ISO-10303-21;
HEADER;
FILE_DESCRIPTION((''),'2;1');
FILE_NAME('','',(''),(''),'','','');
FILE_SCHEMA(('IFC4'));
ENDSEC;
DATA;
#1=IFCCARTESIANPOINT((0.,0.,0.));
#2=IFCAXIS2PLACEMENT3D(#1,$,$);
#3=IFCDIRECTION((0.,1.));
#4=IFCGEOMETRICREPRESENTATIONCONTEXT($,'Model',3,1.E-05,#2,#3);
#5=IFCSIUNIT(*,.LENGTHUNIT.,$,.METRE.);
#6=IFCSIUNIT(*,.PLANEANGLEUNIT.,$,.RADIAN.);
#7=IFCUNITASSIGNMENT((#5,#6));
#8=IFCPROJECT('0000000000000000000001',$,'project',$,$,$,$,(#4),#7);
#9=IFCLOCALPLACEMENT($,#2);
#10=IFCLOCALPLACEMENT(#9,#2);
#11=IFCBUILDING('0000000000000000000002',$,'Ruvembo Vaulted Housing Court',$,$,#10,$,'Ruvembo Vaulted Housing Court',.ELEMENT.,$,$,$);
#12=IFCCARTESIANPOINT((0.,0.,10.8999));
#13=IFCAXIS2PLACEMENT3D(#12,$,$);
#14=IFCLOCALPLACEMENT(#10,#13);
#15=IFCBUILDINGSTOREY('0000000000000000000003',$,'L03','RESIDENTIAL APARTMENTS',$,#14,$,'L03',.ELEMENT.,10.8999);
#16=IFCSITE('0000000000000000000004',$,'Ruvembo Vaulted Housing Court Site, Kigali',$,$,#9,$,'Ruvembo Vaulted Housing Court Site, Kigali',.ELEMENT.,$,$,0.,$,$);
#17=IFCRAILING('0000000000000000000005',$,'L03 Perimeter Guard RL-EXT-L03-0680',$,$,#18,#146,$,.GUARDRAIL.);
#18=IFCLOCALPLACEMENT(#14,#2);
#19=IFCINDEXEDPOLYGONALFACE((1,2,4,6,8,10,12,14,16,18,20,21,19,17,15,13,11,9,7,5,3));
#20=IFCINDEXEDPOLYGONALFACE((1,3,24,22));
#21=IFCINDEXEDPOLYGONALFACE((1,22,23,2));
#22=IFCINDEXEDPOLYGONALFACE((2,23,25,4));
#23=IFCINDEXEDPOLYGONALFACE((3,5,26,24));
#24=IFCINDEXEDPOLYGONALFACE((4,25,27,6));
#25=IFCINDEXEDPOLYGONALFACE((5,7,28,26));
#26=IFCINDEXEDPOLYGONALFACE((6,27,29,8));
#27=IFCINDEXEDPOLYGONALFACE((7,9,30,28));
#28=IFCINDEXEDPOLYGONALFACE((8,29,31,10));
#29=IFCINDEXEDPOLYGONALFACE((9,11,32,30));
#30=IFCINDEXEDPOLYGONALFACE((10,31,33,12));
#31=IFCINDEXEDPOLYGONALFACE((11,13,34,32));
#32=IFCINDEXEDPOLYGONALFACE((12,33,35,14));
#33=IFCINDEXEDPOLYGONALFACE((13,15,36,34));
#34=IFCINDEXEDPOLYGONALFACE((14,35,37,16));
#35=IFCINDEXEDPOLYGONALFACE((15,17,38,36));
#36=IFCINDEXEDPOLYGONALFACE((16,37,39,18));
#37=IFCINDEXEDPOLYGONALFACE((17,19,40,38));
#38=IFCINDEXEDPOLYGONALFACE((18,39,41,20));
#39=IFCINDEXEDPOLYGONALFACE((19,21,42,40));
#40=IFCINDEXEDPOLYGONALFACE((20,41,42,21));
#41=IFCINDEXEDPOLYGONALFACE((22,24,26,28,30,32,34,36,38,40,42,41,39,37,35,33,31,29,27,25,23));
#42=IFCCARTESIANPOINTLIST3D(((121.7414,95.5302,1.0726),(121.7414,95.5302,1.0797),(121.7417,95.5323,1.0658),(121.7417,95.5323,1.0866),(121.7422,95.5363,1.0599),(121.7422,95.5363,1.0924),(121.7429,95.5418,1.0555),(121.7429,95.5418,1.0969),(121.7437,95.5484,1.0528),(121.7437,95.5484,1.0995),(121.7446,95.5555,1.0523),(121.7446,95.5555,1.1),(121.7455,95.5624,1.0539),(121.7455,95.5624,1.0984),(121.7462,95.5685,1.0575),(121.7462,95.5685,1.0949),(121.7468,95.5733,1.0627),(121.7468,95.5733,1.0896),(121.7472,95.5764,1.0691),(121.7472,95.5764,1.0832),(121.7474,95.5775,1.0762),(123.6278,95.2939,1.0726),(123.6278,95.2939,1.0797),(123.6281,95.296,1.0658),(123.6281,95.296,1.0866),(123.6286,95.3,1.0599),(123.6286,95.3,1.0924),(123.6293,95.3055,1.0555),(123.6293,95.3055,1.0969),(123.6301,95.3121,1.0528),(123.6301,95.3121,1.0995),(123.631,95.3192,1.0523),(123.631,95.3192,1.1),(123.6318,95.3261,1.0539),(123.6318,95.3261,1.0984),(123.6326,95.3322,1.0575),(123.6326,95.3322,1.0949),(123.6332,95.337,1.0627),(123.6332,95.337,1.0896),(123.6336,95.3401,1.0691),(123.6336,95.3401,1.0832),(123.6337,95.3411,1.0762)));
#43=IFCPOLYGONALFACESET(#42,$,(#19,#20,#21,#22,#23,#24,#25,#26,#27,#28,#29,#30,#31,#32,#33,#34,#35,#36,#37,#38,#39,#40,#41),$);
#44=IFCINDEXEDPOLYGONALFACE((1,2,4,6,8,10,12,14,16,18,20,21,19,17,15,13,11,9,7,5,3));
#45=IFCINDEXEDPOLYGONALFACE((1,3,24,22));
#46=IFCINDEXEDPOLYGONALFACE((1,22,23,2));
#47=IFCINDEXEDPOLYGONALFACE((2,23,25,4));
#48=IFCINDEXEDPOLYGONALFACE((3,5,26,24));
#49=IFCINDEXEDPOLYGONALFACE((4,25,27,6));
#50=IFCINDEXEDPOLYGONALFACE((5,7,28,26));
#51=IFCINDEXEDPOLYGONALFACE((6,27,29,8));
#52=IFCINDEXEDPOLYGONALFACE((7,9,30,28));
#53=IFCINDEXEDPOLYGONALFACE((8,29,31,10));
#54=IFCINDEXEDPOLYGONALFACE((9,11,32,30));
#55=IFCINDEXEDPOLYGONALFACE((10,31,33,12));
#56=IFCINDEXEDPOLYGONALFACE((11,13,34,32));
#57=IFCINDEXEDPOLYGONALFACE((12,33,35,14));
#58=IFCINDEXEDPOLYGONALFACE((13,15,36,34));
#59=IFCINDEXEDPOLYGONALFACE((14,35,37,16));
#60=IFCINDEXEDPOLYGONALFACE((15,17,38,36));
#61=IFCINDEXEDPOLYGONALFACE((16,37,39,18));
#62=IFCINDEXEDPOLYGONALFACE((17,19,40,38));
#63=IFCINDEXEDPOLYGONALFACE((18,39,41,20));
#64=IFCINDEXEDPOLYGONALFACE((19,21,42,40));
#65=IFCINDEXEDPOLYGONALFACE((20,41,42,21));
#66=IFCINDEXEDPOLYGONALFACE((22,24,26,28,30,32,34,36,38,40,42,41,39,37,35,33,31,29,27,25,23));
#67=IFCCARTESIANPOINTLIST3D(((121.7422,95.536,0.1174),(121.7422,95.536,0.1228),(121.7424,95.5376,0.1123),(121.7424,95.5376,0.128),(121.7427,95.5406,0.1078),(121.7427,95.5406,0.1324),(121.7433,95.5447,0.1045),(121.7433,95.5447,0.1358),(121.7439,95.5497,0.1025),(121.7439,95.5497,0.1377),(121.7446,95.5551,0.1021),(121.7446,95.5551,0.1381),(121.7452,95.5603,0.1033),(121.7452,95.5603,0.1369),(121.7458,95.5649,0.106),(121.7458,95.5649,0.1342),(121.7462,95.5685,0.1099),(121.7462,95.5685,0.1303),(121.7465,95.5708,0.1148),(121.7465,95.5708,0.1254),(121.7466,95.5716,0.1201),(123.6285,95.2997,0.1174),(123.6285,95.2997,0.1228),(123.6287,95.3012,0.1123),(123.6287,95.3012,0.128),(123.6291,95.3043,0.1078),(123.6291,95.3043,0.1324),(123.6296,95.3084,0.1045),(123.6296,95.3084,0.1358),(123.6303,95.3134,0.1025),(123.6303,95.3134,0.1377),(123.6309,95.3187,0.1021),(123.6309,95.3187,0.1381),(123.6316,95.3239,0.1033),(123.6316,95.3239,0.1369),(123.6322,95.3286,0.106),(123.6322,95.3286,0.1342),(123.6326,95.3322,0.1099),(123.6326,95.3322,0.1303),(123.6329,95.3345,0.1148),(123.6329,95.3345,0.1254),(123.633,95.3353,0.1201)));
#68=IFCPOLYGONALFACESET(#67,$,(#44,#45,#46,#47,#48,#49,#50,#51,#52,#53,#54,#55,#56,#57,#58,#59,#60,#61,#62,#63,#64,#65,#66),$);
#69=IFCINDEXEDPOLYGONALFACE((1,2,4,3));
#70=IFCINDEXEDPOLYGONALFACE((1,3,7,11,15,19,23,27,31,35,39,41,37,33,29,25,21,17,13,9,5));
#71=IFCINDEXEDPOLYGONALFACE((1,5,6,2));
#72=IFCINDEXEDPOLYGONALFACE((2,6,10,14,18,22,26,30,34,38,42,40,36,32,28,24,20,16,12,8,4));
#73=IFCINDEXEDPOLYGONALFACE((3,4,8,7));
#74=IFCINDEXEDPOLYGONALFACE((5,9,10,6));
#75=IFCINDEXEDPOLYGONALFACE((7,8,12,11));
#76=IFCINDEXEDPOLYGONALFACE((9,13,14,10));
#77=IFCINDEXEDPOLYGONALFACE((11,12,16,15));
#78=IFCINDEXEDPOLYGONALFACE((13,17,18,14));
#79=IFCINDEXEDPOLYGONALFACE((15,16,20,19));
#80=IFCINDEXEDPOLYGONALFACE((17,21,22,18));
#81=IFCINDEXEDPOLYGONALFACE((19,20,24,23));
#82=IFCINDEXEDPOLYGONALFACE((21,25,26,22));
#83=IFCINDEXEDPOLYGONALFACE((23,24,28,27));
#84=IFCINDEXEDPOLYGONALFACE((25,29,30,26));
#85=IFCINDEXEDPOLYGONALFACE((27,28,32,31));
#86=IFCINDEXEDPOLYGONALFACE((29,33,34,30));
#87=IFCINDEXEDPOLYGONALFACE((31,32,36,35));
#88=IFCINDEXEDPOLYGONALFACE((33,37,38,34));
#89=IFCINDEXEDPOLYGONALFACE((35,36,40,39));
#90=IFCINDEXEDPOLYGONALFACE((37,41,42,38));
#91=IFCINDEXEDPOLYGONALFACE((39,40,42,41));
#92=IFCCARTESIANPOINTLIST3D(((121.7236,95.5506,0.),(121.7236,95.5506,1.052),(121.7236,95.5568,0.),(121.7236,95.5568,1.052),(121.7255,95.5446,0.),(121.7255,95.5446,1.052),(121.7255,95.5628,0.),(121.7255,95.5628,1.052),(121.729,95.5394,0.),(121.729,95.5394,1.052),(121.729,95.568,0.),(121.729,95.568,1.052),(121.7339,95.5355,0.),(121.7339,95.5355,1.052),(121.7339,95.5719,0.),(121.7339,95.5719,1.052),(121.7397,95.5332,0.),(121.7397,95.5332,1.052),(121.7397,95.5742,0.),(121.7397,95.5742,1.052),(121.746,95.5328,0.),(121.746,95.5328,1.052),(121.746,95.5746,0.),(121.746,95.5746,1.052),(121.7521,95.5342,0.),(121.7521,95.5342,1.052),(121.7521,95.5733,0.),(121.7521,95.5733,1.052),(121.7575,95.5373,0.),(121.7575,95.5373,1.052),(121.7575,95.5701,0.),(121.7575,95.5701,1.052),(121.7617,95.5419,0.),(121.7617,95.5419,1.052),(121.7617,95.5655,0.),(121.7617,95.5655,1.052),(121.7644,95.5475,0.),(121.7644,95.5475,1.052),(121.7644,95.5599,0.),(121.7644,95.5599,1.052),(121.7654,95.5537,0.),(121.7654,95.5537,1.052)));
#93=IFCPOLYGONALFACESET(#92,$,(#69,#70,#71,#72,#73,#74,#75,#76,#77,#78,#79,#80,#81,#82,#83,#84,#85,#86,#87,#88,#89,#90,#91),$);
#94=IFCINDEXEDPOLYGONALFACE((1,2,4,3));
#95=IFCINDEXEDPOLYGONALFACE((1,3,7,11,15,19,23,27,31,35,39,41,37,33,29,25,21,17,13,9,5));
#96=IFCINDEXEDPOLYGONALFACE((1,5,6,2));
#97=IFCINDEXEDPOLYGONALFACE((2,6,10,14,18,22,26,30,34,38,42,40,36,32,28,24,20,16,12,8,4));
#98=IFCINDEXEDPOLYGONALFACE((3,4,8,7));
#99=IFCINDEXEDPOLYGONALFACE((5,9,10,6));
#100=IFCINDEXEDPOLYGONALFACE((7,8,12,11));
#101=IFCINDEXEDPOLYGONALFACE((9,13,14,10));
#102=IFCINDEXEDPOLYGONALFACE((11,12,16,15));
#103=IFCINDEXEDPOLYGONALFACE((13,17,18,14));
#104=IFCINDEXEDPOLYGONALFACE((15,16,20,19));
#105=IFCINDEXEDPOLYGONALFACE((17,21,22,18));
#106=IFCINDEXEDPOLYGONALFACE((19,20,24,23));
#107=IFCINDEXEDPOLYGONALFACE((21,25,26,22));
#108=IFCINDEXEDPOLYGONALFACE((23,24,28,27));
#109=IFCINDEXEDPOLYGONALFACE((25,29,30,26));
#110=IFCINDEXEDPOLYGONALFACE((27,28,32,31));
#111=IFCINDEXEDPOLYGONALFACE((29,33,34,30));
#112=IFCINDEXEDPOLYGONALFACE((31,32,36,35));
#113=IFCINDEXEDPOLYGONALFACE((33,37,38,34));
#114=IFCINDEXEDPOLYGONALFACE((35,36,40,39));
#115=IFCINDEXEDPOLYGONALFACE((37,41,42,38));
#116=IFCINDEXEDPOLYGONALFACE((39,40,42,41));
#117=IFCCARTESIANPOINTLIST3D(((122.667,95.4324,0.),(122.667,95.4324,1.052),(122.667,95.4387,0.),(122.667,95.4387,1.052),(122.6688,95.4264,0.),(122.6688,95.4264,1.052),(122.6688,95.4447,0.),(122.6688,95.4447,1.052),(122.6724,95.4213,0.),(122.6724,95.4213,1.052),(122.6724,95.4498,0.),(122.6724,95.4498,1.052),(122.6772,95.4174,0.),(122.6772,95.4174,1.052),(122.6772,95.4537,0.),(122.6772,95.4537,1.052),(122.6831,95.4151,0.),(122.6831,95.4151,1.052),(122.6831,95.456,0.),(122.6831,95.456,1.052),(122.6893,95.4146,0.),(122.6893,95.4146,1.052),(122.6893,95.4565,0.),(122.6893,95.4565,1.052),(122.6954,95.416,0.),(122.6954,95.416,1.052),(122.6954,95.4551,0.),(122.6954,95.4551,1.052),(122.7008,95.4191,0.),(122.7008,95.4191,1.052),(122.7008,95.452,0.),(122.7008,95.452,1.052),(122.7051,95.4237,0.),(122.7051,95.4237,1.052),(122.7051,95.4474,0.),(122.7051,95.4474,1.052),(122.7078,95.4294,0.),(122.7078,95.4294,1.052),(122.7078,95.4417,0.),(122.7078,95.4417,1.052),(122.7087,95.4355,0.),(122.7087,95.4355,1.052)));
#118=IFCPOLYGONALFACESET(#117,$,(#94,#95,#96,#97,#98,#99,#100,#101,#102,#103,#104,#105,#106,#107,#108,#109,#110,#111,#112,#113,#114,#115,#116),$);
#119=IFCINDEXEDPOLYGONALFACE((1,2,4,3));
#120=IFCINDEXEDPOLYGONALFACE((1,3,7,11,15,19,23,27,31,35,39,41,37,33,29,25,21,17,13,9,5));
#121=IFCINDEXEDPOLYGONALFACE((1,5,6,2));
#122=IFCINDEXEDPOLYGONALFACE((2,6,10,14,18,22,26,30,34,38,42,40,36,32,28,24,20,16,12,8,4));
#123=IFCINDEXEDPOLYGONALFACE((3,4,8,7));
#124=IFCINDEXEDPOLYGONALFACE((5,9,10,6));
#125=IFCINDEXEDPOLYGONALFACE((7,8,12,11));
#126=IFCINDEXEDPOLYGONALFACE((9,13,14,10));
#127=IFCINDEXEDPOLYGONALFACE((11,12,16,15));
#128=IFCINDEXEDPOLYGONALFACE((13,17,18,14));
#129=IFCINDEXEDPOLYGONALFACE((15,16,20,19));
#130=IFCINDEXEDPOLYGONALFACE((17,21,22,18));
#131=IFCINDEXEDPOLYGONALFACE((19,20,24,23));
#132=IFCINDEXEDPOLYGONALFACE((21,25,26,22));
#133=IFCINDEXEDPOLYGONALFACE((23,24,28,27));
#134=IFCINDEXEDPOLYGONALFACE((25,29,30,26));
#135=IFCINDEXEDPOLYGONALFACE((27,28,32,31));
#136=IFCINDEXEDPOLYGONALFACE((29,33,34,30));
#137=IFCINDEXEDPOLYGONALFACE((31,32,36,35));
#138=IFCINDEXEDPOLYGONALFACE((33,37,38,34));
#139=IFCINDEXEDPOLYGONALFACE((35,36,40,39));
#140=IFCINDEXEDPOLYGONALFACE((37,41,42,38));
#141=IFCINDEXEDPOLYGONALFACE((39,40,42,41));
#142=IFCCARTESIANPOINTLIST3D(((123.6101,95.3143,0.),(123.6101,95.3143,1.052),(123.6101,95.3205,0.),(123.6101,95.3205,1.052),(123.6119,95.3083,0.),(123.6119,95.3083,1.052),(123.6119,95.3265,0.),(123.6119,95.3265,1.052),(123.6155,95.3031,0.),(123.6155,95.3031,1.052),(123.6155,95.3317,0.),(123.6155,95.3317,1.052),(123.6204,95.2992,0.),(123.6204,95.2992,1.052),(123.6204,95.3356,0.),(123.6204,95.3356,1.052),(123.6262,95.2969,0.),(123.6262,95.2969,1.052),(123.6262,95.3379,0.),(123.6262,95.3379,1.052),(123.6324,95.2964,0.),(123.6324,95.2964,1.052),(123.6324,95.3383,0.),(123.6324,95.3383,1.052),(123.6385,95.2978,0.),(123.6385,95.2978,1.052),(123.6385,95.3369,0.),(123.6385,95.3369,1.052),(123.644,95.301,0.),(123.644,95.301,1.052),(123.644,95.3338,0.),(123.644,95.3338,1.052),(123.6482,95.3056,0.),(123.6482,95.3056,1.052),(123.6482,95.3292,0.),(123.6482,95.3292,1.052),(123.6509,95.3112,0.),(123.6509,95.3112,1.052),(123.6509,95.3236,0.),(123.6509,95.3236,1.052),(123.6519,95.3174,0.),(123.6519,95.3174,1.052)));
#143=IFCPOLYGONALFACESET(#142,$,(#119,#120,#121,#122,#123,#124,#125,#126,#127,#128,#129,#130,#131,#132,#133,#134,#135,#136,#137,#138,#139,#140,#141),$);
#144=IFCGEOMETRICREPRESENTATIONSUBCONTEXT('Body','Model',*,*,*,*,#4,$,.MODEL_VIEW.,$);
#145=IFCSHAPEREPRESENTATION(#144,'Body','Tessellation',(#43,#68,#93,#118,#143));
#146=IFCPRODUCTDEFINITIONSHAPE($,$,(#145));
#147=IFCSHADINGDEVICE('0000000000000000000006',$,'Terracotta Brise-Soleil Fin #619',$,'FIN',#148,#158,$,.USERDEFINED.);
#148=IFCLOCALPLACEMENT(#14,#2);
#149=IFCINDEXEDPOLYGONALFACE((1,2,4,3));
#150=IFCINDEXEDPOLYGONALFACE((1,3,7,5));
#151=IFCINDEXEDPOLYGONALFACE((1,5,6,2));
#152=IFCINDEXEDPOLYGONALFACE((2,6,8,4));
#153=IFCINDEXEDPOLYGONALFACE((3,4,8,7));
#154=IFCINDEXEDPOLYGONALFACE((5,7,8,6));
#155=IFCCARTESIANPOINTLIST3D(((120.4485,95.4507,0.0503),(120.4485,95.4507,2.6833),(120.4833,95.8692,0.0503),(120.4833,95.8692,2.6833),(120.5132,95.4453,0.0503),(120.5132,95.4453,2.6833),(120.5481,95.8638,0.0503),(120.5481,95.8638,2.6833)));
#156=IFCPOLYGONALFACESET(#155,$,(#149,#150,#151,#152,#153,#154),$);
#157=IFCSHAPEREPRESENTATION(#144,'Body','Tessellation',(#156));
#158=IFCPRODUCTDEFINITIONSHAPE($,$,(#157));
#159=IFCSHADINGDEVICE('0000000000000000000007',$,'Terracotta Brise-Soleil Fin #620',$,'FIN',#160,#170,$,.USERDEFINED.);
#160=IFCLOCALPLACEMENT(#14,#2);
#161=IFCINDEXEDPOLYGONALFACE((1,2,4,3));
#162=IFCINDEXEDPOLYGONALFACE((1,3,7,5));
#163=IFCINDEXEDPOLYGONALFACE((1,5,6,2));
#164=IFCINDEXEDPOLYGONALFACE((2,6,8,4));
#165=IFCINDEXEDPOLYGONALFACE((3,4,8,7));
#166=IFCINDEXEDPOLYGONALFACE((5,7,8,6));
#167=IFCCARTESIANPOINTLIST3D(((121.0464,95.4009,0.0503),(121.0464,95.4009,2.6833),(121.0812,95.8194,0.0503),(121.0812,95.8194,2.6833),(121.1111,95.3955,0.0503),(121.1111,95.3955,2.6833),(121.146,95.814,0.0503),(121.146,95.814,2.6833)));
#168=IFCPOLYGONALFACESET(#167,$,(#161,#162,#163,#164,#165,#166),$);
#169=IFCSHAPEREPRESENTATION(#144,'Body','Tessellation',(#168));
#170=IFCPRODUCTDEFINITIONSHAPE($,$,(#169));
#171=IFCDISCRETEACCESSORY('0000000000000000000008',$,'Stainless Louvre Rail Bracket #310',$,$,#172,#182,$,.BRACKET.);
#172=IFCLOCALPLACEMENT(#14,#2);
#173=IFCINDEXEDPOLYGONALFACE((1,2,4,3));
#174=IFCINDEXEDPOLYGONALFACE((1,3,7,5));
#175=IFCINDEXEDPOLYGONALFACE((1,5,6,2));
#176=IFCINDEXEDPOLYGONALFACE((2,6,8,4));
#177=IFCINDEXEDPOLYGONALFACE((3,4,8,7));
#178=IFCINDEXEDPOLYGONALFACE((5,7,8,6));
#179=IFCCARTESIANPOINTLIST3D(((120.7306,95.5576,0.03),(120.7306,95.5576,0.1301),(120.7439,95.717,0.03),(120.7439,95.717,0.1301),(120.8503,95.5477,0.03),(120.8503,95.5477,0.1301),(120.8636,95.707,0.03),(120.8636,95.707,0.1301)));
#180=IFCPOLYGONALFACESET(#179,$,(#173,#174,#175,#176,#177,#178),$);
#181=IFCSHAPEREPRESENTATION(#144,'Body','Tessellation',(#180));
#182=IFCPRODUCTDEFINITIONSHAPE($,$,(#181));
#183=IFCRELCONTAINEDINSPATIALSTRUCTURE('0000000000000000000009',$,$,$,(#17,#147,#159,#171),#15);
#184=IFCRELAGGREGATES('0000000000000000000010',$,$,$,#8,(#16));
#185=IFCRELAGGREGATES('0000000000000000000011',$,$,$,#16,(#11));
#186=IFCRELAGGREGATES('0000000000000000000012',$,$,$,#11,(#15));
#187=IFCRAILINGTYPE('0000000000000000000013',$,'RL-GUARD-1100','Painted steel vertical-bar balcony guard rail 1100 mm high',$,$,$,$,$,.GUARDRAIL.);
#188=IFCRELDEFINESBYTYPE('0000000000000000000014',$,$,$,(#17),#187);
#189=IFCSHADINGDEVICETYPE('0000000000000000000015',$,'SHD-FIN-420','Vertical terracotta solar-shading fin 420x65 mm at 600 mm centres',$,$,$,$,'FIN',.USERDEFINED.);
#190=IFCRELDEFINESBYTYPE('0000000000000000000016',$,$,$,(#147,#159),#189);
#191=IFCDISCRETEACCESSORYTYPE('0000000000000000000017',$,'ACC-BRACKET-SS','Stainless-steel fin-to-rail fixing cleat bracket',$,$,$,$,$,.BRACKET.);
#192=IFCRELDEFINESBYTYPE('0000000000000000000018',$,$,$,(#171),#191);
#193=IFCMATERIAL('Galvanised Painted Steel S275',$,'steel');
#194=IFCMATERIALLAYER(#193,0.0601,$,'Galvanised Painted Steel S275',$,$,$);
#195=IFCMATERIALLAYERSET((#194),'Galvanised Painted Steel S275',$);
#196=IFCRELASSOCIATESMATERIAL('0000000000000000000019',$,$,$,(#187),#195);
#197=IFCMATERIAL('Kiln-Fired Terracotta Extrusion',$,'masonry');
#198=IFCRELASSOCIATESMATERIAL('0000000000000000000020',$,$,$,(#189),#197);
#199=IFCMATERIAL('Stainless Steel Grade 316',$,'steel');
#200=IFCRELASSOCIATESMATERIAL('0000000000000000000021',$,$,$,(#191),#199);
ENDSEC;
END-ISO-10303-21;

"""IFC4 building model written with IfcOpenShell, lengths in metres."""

from ifc_helpers import new_model, si_unit, direction, frame, origin, origin_2d, place, context, subcontext, project, spatial, rectangle, circle, extrude, material, layer, layer_set, type_object, element, save


model = new_model("IFC4")

# Units and contexts
model_context = context("Model", 3, precision=1e-05, world=origin(), true_north=direction((0.0, 1.0)))
body_context = subcontext(model_context, "Body", "Model", "MODEL_VIEW")
ifc_project = project(units=[si_unit("LENGTHUNIT", "METRE"), si_unit("PLANEANGLEUNIT", "RADIAN")], contexts=[model_context])

# Site, building, storey
site_placement = place(None, origin())
site = spatial("IfcSite", under=ifc_project, at=site_placement, Name="Ruvembo Vaulted Housing Court Site, Kigali", LongName="Ruvembo Vaulted Housing Court Site, Kigali", CompositionType="ELEMENT", RefElevation=0.0)
building_placement = place(site_placement, origin())
building = spatial("IfcBuilding", under=site, at=building_placement, Name="Ruvembo Vaulted Housing Court", LongName="Ruvembo Vaulted Housing Court", CompositionType="ELEMENT")
storey_placement = place(building_placement, frame((0.0, 0.0, 10.8999)))
storey = spatial("IfcBuildingStorey", under=building, at=storey_placement, Name="L03", Description="RESIDENTIAL APARTMENTS", LongName="L03", CompositionType="ELEMENT", Elevation=10.8999)

# Railing
ifc_material_1 = material(Name="Galvanised Painted Steel S275", Category="steel")
ifc_layer_1 = layer(ifc_material_1, 0.0601, Name="Galvanised Painted Steel S275")
ifc_layer_set_1 = layer_set([ifc_layer_1], Name="Galvanised Painted Steel S275")
railing_type = type_object("IfcRailingType", Name="RL-GUARD-1100", Description="Painted steel vertical-bar balcony guard rail 1100 mm high", PredefinedType="GUARDRAIL", material=ifc_layer_set_1)
railing_placement = place(storey_placement, frame((121.7444, 95.5537, 0.0)))
element("IfcRailing", 1, at=railing_placement, inside=storey, type_object=railing_type, Name="L03 Perimeter Guard RL-EXT-L03-0680", PredefinedType="GUARDRAIL", context=body_context, shape_type="SweptSolid", body=[
    extrude(circle(Radius=0.0239, at=origin_2d()), frame((0.0, 0.0, 1.0762), z_axis=(0.992244, -0.124303, 0.0), x_axis=(0.124303, 0.992244, 0.0)), (0.0, 0.0, 1.0), 1.9011),
    extrude(circle(Radius=0.0181, at=origin_2d()), frame((0.0, 0.0, 0.1201), z_axis=(0.992244, -0.124303, 0.0), x_axis=(0.124303, 0.992244, 0.0)), (0.0, 0.0, 1.0), 1.9011),
    extrude(circle(Radius=0.021, at=origin_2d()), origin(), (0.0, 0.0, 1.0), 1.052),
    extrude(circle(Radius=0.021, at=origin_2d()), frame((0.9434, -0.1182, 0.0)), (0.0, 0.0, 1.0), 1.052),
    extrude(circle(Radius=0.021, at=origin_2d()), frame((1.8865, -0.2363, 0.0)), (0.0, 0.0, 1.0), 1.052),
])

# Shading devices
ifc_material_2 = material(Name="Kiln-Fired Terracotta Extrusion", Category="masonry")
shading_device_type = type_object("IfcShadingDeviceType", Name="SHD-FIN-420", Description="Vertical terracotta solar-shading fin 420x65 mm at 600 mm centres", ElementType="FIN", PredefinedType="USERDEFINED", material=ifc_material_2)
for number, where, z_axis, x_axis, name in (
    (2, (120.4983, 95.6572, 0.0503), (0.0, 0.0, 1.0), (-0.082895, -0.996558, 0.0), "Terracotta Brise-Soleil Fin #619"),
    (3, (121.0962, 95.6074, 0.0503), (0.0, 0.0, 1.0), (-0.082895, -0.996558, 0.0), "Terracotta Brise-Soleil Fin #620"),
):
    element("IfcShadingDevice", number, at=place(storey_placement, frame(where, z_axis=z_axis, x_axis=x_axis)), inside=storey, type_object=shading_device_type, Name=name, ObjectType="FIN", PredefinedType="USERDEFINED", context=body_context, shape_type="SweptSolid", body=[
        extrude(rectangle(XDim=0.4199, YDim=0.0649, at=origin_2d()), origin(), (0.0, 0.0, 1.0), 2.6331),
    ])

# Discrete accessory
ifc_material_3 = material(Name="Stainless Steel Grade 316", Category="steel")
discrete_accessory_type = type_object("IfcDiscreteAccessoryType", Name="ACC-BRACKET-SS", Description="Stainless-steel fin-to-rail fixing cleat bracket", PredefinedType="BRACKET", material=ifc_material_3)
discrete_accessory_placement = place(storey_placement, frame((120.7971, 95.6323, 0.03), z_axis=(0.0, 0.0, 1.0), x_axis=(-0.082895, -0.996558, 0.0)))
element("IfcDiscreteAccessory", 4, at=discrete_accessory_placement, inside=storey, type_object=discrete_accessory_type, Name="Stainless Louvre Rail Bracket #310", PredefinedType="BRACKET", context=body_context, shape_type="SweptSolid", body=[
    extrude(rectangle(XDim=0.1599, YDim=0.1201, at=origin_2d()), origin(), (0.0, 0.0, 1.0), 0.1001),
])

save(model, "model.ifc")
